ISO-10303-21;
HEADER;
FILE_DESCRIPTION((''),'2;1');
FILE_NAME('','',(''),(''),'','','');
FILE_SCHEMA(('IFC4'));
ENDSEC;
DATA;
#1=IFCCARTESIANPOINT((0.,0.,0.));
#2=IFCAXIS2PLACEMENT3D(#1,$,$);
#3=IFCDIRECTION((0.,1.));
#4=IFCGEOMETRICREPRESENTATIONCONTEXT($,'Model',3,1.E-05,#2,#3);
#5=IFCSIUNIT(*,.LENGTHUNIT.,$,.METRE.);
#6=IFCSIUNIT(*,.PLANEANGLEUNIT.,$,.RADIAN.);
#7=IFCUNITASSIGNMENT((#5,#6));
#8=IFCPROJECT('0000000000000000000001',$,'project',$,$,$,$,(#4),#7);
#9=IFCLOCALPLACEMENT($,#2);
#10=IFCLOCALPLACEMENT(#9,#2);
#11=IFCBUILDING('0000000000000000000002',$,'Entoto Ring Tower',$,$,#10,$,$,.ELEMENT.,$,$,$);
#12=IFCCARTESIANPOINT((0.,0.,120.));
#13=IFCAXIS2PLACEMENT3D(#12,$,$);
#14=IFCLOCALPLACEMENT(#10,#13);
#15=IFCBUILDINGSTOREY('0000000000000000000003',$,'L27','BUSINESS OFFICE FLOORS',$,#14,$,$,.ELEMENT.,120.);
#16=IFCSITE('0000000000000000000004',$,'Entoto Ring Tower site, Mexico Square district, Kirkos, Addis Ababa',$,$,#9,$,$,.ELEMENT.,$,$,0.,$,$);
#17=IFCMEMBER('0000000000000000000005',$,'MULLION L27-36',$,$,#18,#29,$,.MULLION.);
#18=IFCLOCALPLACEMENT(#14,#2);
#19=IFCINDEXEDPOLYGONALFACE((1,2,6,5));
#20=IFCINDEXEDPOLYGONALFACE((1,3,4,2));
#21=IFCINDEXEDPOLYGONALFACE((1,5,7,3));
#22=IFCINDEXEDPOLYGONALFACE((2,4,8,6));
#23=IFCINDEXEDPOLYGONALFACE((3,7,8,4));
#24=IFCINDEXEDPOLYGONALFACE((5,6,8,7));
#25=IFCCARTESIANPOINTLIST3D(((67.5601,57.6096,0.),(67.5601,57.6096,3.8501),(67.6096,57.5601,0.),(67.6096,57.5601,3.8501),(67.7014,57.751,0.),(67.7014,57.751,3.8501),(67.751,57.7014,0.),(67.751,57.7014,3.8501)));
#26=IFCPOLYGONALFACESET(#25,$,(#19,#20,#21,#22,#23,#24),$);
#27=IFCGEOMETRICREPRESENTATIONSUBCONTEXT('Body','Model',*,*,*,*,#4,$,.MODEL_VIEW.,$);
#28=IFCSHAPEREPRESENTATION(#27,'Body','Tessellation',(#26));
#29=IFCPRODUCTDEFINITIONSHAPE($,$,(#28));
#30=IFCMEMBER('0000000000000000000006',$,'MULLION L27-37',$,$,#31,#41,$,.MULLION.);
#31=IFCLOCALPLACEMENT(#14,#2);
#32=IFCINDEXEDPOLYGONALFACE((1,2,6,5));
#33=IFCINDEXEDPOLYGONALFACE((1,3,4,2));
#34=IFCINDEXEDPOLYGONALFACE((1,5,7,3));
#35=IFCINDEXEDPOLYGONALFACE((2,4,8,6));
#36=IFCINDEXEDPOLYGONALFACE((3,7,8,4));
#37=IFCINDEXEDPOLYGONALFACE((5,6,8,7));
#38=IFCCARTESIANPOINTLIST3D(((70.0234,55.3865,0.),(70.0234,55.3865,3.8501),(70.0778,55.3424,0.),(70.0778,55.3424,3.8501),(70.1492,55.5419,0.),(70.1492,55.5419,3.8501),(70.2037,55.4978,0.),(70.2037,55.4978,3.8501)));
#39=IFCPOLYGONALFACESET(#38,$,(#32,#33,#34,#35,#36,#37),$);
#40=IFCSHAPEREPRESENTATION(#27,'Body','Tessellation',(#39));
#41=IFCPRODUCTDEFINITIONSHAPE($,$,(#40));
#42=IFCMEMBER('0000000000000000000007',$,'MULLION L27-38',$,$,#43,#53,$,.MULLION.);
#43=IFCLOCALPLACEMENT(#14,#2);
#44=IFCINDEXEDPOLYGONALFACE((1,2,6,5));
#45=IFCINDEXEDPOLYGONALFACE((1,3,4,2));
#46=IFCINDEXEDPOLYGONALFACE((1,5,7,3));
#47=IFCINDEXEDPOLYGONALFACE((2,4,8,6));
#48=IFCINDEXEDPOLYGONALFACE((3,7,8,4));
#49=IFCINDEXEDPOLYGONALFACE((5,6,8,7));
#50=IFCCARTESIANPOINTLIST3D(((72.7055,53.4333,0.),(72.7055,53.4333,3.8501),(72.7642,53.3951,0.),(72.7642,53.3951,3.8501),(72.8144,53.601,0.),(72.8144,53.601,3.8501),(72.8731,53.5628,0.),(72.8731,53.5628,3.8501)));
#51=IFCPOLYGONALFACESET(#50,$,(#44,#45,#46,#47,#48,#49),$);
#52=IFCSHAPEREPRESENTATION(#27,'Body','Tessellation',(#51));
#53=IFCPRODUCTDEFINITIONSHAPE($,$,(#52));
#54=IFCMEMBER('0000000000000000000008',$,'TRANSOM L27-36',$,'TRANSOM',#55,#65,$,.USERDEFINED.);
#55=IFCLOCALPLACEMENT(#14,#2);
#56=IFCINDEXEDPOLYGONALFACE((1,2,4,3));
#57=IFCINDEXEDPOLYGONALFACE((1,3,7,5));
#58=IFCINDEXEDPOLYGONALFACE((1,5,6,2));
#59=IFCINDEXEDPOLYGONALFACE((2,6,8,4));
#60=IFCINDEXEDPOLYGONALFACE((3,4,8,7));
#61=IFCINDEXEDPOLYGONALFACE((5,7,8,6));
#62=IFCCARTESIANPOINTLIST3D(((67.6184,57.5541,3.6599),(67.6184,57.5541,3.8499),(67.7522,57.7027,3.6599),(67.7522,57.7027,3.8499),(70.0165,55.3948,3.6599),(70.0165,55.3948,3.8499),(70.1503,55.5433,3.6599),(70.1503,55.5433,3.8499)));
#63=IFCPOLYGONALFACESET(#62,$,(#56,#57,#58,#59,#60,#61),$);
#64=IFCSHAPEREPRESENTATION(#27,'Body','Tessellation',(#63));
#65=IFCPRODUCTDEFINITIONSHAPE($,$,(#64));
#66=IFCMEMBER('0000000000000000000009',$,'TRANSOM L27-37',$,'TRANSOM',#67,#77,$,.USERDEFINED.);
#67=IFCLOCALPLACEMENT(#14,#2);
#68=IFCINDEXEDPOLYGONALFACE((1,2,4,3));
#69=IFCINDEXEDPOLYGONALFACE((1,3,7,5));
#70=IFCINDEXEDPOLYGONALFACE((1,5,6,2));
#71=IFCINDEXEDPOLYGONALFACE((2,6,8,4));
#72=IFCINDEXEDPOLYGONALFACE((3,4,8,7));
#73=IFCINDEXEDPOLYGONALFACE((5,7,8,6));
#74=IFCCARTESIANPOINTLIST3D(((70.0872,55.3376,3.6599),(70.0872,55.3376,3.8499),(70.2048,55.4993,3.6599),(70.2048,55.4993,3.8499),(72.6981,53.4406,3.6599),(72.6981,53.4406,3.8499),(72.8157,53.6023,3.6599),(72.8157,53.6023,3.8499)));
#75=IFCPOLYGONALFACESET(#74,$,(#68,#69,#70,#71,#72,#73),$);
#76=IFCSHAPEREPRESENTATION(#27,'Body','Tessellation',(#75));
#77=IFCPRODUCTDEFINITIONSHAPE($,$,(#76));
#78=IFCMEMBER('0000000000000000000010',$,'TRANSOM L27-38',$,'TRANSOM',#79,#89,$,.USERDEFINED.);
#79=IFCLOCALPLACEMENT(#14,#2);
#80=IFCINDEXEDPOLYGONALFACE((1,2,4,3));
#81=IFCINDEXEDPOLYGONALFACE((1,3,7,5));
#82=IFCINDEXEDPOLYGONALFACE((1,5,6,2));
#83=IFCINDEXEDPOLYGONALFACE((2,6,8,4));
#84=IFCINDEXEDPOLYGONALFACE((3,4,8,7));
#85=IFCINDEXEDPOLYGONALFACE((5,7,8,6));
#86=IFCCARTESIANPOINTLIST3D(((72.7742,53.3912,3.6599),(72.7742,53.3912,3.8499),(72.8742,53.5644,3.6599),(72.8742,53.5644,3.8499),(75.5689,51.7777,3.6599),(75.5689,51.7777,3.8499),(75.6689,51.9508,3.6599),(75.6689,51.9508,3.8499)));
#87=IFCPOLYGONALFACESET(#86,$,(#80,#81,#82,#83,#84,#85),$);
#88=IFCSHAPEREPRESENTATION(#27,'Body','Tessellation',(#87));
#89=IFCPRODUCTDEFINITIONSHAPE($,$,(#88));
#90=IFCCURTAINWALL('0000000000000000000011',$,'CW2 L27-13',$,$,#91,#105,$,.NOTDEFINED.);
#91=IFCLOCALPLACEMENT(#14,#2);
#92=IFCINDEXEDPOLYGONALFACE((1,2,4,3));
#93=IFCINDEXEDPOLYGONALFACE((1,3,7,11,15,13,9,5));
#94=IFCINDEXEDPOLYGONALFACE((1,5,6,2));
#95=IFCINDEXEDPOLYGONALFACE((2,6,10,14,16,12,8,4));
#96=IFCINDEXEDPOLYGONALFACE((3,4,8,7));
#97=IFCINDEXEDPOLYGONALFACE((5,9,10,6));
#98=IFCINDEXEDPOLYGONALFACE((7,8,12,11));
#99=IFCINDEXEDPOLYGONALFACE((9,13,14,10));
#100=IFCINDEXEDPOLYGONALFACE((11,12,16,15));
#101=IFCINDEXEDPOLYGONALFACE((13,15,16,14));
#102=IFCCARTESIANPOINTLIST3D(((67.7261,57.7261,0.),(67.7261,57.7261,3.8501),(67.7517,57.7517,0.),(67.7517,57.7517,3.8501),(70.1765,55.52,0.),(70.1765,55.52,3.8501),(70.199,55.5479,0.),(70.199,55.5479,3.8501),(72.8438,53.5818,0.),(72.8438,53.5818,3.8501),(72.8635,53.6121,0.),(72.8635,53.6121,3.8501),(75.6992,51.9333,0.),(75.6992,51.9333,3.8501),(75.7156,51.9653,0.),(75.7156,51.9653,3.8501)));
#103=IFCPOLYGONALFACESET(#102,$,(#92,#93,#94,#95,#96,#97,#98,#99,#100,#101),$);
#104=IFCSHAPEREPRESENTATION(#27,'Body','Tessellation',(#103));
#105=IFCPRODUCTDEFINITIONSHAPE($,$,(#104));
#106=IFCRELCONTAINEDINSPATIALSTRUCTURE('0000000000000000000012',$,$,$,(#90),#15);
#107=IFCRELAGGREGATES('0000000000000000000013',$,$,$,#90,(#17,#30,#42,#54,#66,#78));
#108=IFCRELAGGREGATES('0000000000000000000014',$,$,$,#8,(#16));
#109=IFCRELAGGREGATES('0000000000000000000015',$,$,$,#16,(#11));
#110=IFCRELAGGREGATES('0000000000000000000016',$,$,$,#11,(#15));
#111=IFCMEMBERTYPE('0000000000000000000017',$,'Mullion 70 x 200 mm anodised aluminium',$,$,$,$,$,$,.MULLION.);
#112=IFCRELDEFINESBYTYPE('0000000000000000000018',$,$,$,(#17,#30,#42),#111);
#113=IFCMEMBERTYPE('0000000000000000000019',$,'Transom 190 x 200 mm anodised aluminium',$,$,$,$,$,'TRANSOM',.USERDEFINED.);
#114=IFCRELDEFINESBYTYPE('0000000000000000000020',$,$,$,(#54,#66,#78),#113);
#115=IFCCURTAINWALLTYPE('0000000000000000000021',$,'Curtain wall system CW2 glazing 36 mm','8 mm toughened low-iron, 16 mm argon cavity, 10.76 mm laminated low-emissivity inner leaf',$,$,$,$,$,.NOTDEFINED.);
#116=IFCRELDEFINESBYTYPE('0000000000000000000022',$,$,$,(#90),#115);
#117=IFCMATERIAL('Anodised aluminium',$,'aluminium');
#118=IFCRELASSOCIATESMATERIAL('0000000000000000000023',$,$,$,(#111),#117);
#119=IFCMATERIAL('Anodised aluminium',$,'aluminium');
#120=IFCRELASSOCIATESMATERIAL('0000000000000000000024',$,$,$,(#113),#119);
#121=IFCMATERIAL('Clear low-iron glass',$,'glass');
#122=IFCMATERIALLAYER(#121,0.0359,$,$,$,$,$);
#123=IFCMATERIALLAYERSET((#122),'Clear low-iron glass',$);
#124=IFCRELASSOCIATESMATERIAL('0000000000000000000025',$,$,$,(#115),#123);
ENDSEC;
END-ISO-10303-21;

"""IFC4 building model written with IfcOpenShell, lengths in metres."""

from ifc_helpers import new_model, si_unit, direction, frame, origin, origin_2d, place, context, subcontext, project, spatial, polyline, rectangle, outline, extrude, material, layer, layer_set, material_profile, profile_set, type_object, element, aggregate, save


model = new_model("IFC4")

# Units and contexts
model_context = context("Model", 3, precision=1e-05, world=origin(), true_north=direction((0.0, 1.0)))
body_context = subcontext(model_context, "Body", "Model", "MODEL_VIEW")
ifc_project = project(units=[si_unit("LENGTHUNIT", "METRE"), si_unit("PLANEANGLEUNIT", "RADIAN")], contexts=[model_context])

# Members
ifc_material_1 = material(Name="Anodised aluminium", Category="aluminium")
ifc_material_profile_1 = material_profile(ifc_material_1, rectangle(XDim=0.0701, YDim=0.2, at=origin_2d()), Name="Mullion 70 x 200 mm anodised aluminium")
ifc_profile_set_1 = profile_set([ifc_material_profile_1], Name="Anodised aluminium")
member_type_1 = type_object("IfcMemberType", Name="Mullion 70 x 200 mm anodised aluminium", PredefinedType="MULLION", material=ifc_profile_set_1)
site_placement = place(None, origin())
building_placement = place(site_placement, origin())
storey_placement = place(building_placement, frame((0.0, 0.0, 120.0)))
member_1_placement = place(storey_placement, frame((67.6555, 57.6555, 0.0), z_axis=(0.0, 0.0, 1.0), x_axis=(0.707107, -0.707107, 0.0)))
member_1 = element("IfcMember", 1, at=member_1_placement, type_object=member_type_1, Name="MULLION L27-36", PredefinedType="MULLION", context=body_context, shape_type="SweptSolid", body=[
    extrude(rectangle(XDim=0.0701, YDim=0.2, at=origin_2d()), origin(), (0.0, 0.0, 1.0), 3.8501),
])
member_2_placement = place(storey_placement, frame((70.1135, 55.4421, 0.0), z_axis=(0.0, 0.0, 1.0), x_axis=(0.777146, -0.62932, 0.0)))
member_2 = element("IfcMember", 2, at=member_2_placement, type_object=member_type_1, Name="MULLION L27-37", PredefinedType="MULLION", context=body_context, shape_type="SweptSolid", body=[
    extrude(rectangle(XDim=0.0701, YDim=0.2, at=origin_2d()), origin(), (0.0, 0.0, 1.0), 3.8501),
])
member_3_placement = place(storey_placement, frame((72.7893, 53.498, 0.0), z_axis=(0.0, 0.0, 1.0), x_axis=(0.838671, -0.544639, 0.0)))
member_3 = element("IfcMember", 3, at=member_3_placement, type_object=member_type_1, Name="MULLION L27-38", PredefinedType="MULLION", context=body_context, shape_type="SweptSolid", body=[
    extrude(rectangle(XDim=0.0701, YDim=0.2, at=origin_2d()), origin(), (0.0, 0.0, 1.0), 3.8501),
])
ifc_material_2 = material(Name="Anodised aluminium", Category="aluminium")
ifc_material_profile_2 = material_profile(ifc_material_2, rectangle(XDim=0.2, YDim=0.1899, at=origin_2d()), Name="Transom 190 x 200 mm anodised aluminium")
ifc_profile_set_2 = profile_set([ifc_material_profile_2], Name="Anodised aluminium")
member_type_2 = type_object("IfcMemberType", Name="Transom 190 x 200 mm anodised aluminium", ElementType="TRANSOM", PredefinedType="USERDEFINED", material=ifc_profile_set_2)
member_4_placement = place(storey_placement, frame((67.6853, 57.6284, 3.7549), z_axis=(0.743132, -0.669144, 0.0), x_axis=(0.669144, 0.743132, 0.0)))
member_4 = element("IfcMember", 4, at=member_4_placement, type_object=member_type_2, Name="TRANSOM L27-36", ObjectType="TRANSOM", PredefinedType="USERDEFINED", context=body_context, shape_type="SweptSolid", body=[
    extrude(rectangle(XDim=0.2, YDim=0.1899, at=origin_2d()), origin(), (0.0, 0.0, 1.0), 3.2271),
])
member_5_placement = place(storey_placement, frame((70.146, 55.4185, 3.7549), z_axis=(0.809004, -0.587803, 0.0), x_axis=(0.587803, 0.809004, 0.0)))
member_5 = element("IfcMember", 5, at=member_5_placement, type_object=member_type_2, Name="TRANSOM L27-37", ObjectType="TRANSOM", PredefinedType="USERDEFINED", context=body_context, shape_type="SweptSolid", body=[
    extrude(rectangle(XDim=0.2, YDim=0.1899, at=origin_2d()), origin(), (0.0, 0.0, 1.0), 3.2273),
])
member_6_placement = place(storey_placement, frame((72.8242, 53.4778, 3.7549), z_axis=(0.866023, -0.500004, 0.0), x_axis=(0.500004, 0.866023, 0.0)))
member_6 = element("IfcMember", 6, at=member_6_placement, type_object=member_type_2, Name="TRANSOM L27-38", ObjectType="TRANSOM", PredefinedType="USERDEFINED", context=body_context, shape_type="SweptSolid", body=[
    extrude(rectangle(XDim=0.2, YDim=0.1899, at=origin_2d()), origin(), (0.0, 0.0, 1.0), 3.2271),
])

# Site, building, storey
site = spatial("IfcSite", under=ifc_project, at=site_placement, Name="Entoto Ring Tower site, Mexico Square district, Kirkos, Addis Ababa", CompositionType="ELEMENT", RefElevation=0.0)
building = spatial("IfcBuilding", under=site, at=building_placement, Name="Entoto Ring Tower", CompositionType="ELEMENT")
storey = spatial("IfcBuildingStorey", under=building, at=storey_placement, Name="L27", Description="BUSINESS OFFICE FLOORS", CompositionType="ELEMENT", Elevation=120.0)

# Curtain wall
ifc_material_3 = material(Name="Clear low-iron glass", Category="glass")
ifc_layer = layer(ifc_material_3, 0.0359)
ifc_layer_set = layer_set([ifc_layer], Name="Clear low-iron glass")
curtain_wall_type = type_object("IfcCurtainWallType", Name="Curtain wall system CW2 glazing 36 mm", Description="8 mm toughened low-iron, 16 mm argon cavity, 10.76 mm laminated low-emissivity inner leaf", PredefinedType="NOTDEFINED", material=ifc_layer_set)
curtain_wall_1_placement = place(storey_placement, origin())
curtain_wall_1 = element("IfcCurtainWall", 7, at=curtain_wall_1_placement, inside=storey, type_object=curtain_wall_type, Name="CW2 L27-13", PredefinedType="NOTDEFINED", context=body_context, shape_type="SweptSolid", body=[
    extrude(outline(polyline([(67.7261, 57.7261), (70.1765, 55.52), (72.8438, 53.5818), (75.6992, 51.9333), (75.7156, 51.9653), (72.8635, 53.6121), (70.199, 55.5479), (67.7517, 57.7517), (67.7261, 57.7261)])), origin(), (0.0, 0.0, 1.0), 3.8501),
])
aggregate(curtain_wall_1, [member_1, member_2, member_3, member_4, member_5, member_6])

save(model, "model.ifc")
